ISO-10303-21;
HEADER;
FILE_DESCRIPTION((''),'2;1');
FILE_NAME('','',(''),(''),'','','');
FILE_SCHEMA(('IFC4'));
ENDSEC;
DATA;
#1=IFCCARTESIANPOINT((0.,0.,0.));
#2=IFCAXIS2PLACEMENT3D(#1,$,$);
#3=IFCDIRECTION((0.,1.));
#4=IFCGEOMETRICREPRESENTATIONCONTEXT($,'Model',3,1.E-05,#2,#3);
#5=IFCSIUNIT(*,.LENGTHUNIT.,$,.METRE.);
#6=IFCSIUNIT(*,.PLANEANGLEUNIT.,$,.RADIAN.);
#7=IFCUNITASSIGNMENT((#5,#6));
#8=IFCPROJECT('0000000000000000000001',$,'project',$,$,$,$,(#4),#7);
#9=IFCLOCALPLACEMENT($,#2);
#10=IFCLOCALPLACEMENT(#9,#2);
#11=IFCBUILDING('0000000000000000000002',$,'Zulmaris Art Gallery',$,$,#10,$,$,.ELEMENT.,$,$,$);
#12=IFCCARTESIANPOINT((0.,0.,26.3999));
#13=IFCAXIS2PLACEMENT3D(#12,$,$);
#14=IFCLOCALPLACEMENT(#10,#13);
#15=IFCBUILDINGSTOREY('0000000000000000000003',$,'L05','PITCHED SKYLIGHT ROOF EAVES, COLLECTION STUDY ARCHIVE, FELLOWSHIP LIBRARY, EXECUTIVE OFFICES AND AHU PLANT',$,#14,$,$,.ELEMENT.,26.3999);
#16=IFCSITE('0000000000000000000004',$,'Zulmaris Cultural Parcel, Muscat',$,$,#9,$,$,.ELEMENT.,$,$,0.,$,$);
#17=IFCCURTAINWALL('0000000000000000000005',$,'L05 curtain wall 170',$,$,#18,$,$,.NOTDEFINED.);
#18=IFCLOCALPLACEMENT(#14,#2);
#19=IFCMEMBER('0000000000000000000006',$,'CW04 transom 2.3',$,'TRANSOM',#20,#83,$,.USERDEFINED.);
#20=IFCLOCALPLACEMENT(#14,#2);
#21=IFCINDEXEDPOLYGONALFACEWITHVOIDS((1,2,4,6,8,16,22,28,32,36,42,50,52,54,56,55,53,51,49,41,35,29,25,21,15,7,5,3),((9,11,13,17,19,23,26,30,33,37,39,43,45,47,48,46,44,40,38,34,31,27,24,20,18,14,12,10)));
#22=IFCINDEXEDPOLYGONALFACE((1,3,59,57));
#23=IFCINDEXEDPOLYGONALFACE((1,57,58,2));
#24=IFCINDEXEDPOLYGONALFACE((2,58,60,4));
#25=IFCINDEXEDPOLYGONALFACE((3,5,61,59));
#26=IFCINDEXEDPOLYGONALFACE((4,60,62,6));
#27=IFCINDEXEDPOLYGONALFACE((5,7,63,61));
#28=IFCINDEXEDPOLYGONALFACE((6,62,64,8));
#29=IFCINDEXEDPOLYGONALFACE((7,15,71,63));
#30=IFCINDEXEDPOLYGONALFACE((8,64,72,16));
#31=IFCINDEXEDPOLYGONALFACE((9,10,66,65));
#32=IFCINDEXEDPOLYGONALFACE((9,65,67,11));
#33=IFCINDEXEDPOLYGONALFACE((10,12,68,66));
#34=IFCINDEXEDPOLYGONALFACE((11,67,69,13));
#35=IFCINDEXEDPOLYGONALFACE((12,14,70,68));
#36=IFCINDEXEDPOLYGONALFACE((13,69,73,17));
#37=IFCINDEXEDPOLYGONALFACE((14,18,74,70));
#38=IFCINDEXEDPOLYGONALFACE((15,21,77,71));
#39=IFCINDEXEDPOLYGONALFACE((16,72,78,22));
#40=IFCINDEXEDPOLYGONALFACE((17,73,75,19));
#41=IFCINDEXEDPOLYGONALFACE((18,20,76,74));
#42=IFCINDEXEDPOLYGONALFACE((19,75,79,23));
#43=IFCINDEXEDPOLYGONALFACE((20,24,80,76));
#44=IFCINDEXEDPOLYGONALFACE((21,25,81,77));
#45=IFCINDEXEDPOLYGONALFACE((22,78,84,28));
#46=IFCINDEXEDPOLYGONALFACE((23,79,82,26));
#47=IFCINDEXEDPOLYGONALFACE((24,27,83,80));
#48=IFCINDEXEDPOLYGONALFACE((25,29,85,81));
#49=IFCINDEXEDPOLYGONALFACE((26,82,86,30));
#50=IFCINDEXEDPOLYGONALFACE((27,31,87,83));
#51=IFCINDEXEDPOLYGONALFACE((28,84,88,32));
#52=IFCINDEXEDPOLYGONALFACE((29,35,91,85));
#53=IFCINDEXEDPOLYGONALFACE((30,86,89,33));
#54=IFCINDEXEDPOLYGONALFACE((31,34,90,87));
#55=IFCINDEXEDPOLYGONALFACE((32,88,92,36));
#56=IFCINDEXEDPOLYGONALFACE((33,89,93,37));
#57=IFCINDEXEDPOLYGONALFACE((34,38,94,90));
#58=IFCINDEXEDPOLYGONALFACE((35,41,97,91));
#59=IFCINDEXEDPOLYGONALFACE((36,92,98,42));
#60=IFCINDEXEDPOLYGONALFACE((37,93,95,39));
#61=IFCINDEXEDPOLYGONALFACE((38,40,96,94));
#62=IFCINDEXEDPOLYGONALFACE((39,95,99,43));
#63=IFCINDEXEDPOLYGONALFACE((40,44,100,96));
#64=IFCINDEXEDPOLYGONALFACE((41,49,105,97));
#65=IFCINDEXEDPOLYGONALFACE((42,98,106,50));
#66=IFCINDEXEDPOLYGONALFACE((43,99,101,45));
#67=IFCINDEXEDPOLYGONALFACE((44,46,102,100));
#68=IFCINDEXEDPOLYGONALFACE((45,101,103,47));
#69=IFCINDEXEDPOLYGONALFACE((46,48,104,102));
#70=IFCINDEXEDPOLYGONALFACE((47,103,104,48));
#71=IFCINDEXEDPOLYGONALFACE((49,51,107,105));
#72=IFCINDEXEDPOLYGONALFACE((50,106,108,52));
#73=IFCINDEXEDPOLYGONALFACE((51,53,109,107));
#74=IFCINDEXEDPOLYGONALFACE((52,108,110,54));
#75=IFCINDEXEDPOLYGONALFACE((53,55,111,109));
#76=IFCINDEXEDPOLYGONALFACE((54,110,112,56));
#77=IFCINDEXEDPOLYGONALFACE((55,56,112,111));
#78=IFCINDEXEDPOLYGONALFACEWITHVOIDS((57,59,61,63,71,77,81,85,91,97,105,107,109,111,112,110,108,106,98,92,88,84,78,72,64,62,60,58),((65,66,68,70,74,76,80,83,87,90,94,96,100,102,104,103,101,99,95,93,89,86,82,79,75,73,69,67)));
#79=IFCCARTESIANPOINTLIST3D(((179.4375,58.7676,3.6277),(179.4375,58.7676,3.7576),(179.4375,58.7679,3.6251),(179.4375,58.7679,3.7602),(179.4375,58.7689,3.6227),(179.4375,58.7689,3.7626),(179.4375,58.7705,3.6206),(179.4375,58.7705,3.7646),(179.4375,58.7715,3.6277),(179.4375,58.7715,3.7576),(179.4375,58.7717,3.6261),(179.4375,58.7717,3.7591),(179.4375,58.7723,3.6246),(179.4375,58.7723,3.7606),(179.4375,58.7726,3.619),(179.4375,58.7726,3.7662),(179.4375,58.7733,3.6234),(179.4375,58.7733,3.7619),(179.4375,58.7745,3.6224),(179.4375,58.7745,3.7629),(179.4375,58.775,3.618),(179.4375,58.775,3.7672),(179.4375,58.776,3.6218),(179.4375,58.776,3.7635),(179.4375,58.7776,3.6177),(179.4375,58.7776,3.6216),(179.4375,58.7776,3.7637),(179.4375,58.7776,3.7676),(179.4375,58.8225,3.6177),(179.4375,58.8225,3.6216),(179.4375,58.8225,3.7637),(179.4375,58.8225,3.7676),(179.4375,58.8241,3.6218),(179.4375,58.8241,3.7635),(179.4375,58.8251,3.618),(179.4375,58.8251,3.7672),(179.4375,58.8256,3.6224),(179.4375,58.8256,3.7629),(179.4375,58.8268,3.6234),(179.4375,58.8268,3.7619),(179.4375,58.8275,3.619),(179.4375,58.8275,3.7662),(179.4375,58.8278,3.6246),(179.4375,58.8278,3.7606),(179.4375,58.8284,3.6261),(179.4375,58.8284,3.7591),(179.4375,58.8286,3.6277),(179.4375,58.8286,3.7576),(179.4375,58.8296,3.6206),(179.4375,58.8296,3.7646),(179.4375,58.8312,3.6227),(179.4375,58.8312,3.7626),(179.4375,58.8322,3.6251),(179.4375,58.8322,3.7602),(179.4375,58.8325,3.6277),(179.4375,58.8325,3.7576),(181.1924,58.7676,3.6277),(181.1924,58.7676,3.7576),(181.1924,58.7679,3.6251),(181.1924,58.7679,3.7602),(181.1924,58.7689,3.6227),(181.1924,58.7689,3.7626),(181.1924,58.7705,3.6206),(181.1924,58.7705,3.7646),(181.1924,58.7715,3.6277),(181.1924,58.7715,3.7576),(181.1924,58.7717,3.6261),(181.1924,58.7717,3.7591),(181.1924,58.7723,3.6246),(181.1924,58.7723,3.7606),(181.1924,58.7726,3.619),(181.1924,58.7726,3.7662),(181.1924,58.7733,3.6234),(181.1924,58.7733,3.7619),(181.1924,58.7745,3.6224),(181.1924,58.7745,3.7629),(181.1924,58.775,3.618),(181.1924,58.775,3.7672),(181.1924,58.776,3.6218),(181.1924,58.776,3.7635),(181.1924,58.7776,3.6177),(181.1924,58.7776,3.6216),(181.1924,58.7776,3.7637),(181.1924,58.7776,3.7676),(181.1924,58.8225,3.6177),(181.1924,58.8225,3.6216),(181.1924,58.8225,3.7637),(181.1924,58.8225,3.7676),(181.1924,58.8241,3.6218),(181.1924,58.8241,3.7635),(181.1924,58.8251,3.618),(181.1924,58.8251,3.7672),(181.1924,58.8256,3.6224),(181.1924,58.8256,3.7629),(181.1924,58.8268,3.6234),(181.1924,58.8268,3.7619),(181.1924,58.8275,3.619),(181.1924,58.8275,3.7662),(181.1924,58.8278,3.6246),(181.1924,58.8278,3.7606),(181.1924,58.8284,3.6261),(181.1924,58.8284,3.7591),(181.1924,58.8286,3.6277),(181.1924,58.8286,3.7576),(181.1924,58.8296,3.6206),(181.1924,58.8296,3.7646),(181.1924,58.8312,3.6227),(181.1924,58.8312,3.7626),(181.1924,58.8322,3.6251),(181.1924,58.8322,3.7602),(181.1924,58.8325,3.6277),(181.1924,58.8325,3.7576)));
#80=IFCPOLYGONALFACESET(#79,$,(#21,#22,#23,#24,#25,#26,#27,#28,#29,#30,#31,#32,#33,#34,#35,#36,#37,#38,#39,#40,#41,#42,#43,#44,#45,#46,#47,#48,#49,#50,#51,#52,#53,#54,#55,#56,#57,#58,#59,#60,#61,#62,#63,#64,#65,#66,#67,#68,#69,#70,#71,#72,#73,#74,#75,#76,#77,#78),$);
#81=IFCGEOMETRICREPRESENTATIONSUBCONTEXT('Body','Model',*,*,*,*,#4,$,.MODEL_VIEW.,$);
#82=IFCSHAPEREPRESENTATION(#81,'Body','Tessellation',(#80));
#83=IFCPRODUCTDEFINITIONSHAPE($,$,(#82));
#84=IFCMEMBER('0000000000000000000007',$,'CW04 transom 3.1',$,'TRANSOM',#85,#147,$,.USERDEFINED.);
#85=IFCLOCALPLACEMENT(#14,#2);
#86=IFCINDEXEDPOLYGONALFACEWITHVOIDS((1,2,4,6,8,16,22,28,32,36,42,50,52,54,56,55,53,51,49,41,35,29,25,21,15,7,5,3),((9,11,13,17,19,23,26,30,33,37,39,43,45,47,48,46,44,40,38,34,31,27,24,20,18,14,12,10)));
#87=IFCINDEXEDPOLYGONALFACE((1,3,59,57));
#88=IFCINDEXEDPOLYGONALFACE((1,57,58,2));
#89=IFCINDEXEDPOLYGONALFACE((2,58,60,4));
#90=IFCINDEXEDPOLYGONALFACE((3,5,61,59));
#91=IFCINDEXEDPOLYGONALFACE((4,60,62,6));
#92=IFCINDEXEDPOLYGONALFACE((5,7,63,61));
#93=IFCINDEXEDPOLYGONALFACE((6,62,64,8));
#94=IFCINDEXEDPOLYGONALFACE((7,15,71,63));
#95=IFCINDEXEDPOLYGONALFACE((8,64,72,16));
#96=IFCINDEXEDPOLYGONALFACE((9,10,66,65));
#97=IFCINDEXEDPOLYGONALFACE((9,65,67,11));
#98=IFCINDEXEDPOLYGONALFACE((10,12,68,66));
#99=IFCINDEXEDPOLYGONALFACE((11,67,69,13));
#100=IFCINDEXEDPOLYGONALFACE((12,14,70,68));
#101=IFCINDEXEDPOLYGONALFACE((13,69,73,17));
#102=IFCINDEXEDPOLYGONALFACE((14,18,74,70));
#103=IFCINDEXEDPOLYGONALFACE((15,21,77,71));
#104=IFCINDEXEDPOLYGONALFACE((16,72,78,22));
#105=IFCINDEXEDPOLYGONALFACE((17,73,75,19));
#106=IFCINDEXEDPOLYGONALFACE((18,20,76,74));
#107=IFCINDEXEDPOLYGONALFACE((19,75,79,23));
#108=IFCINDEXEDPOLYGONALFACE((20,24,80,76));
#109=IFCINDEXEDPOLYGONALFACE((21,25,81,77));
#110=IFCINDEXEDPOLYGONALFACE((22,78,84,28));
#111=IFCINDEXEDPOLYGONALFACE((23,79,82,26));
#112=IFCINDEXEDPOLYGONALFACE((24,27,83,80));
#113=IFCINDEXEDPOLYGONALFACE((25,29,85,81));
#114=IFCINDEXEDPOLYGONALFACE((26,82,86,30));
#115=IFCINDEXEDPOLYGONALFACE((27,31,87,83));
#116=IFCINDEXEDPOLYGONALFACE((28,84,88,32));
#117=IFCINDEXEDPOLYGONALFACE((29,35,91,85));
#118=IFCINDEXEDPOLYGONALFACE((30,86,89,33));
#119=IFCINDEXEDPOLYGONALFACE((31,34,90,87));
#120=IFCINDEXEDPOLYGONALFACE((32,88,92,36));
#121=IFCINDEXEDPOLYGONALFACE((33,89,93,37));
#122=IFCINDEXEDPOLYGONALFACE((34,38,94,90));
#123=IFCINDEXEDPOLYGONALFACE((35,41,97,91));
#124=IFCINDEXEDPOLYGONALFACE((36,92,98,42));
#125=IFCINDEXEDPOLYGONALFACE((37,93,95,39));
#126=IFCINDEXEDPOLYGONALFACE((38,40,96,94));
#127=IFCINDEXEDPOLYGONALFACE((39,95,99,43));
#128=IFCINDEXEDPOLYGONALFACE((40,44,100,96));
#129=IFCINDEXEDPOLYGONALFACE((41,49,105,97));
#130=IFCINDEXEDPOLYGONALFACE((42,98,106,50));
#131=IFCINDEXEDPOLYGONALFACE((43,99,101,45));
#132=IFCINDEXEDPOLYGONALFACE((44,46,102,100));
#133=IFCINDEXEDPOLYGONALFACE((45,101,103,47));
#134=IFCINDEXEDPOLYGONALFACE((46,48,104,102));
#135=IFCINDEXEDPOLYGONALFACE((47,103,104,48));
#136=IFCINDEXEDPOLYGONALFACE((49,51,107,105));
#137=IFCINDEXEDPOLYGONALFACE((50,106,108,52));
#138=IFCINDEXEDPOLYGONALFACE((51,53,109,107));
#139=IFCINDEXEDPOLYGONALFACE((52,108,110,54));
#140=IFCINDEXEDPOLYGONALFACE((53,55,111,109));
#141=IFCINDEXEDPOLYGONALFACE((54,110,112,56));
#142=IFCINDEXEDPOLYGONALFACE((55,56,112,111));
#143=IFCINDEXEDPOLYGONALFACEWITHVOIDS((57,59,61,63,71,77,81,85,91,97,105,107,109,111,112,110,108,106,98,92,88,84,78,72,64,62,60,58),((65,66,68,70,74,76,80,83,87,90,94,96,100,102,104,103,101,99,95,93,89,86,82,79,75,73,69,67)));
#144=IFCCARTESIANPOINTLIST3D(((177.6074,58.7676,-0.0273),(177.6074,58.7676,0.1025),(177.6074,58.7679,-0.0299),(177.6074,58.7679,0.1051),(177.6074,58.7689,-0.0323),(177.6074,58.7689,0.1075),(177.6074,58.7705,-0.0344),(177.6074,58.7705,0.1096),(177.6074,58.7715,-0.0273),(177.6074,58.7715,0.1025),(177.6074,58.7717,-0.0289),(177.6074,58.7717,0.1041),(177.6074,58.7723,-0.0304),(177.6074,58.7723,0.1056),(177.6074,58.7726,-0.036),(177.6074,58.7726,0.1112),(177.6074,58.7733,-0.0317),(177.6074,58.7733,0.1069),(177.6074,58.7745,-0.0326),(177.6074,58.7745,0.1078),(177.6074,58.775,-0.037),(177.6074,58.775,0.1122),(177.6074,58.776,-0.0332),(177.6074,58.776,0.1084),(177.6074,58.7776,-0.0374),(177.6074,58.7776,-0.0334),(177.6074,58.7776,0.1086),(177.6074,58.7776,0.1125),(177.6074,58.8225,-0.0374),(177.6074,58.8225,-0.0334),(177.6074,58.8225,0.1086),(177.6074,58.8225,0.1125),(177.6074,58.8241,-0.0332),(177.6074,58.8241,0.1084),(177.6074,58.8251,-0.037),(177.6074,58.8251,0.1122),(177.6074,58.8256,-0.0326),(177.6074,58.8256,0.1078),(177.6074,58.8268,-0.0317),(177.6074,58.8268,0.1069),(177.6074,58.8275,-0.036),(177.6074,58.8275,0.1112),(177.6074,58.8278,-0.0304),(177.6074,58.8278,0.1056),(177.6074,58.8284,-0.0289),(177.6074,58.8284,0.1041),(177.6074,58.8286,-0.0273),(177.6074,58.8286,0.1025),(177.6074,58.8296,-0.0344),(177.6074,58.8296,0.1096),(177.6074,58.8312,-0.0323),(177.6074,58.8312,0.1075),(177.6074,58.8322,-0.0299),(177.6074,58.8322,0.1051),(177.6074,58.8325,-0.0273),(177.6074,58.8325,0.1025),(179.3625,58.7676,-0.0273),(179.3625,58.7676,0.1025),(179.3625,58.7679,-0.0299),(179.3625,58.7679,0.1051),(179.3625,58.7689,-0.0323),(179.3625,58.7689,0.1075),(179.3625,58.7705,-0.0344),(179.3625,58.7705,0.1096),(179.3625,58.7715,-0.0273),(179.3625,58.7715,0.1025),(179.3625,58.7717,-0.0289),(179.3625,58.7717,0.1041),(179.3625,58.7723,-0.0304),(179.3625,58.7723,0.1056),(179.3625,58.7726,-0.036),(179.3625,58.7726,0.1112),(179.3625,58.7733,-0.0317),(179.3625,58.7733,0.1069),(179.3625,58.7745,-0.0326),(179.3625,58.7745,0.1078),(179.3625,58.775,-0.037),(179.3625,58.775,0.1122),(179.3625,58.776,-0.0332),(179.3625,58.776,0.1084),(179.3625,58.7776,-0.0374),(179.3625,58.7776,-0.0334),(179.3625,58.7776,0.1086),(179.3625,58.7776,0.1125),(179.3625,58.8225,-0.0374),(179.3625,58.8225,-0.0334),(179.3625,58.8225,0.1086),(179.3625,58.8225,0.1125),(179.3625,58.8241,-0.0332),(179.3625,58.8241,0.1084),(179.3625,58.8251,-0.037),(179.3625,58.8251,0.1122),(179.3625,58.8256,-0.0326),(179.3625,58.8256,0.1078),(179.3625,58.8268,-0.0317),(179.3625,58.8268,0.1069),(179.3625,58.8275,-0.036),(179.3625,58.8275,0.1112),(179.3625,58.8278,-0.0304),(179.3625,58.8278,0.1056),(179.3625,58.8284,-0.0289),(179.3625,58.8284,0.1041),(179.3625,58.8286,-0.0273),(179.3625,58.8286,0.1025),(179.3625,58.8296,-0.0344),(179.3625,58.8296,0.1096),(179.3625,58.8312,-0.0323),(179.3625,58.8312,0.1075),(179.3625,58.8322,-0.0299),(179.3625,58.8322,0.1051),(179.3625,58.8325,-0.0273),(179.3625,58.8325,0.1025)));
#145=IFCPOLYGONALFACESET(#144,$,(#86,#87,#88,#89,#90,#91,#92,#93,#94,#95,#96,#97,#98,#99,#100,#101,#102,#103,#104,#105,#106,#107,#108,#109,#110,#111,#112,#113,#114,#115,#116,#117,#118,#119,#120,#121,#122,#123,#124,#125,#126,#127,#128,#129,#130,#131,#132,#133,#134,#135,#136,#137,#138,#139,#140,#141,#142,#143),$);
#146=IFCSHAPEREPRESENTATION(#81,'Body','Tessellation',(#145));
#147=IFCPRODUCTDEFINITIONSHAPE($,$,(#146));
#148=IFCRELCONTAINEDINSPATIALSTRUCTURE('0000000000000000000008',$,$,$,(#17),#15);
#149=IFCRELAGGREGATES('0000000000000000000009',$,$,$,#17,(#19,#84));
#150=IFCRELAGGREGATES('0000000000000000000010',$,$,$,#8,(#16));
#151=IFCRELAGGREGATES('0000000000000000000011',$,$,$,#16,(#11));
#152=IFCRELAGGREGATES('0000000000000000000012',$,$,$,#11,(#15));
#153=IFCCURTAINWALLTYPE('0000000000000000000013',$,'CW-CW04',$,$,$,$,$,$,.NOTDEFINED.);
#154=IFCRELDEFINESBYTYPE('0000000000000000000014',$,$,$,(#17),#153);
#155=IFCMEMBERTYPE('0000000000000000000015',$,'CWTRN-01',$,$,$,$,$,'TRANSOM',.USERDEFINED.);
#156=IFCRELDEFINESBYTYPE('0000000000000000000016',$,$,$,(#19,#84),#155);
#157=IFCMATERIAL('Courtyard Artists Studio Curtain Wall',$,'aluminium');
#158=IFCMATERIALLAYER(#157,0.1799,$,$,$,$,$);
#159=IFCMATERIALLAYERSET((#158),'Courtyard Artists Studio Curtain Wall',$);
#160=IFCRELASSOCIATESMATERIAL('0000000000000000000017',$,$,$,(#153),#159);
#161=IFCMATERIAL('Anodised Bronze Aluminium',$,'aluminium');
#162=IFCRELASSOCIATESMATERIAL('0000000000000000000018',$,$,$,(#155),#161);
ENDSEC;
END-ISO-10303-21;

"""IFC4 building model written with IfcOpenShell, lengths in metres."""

from ifc_helpers import new_model, si_unit, direction, frame, origin, origin_2d, place, context, subcontext, project, spatial, hollow_rectangle, extrude, material, layer, layer_set, material_profile, profile_set, type_object, element, aggregate, save


model = new_model("IFC4")

# Units and contexts
model_context = context("Model", 3, precision=1e-05, world=origin(), true_north=direction((0.0, 1.0)))
body_context = subcontext(model_context, "Body", "Model", "MODEL_VIEW")
ifc_project = project(units=[si_unit("LENGTHUNIT", "METRE"), si_unit("PLANEANGLEUNIT", "RADIAN")], contexts=[model_context])

# Site, building, storey
site_placement = place(None, origin())
site = spatial("IfcSite", under=ifc_project, at=site_placement, Name="Zulmaris Cultural Parcel, Muscat", CompositionType="ELEMENT", RefElevation=0.0)
building_placement = place(site_placement, origin())
building = spatial("IfcBuilding", under=site, at=building_placement, Name="Zulmaris Art Gallery", CompositionType="ELEMENT")
storey_placement = place(building_placement, frame((0.0, 0.0, 26.3999)))
storey = spatial("IfcBuildingStorey", under=building, at=storey_placement, Name="L05", Description="PITCHED SKYLIGHT ROOF EAVES, COLLECTION STUDY ARCHIVE, FELLOWSHIP LIBRARY, EXECUTIVE OFFICES AND AHU PLANT", CompositionType="ELEMENT", Elevation=26.3999)

# Curtain wall, members
ifc_material_1 = material(Name="Courtyard Artists Studio Curtain Wall", Category="aluminium")
ifc_layer_1 = layer(ifc_material_1, 0.1799)
ifc_layer_set_1 = layer_set([ifc_layer_1], Name="Courtyard Artists Studio Curtain Wall")
curtain_wall_type = type_object("IfcCurtainWallType", Name="CW-CW04", PredefinedType="NOTDEFINED", material=ifc_layer_set_1)
curtain_wall_placement = place(storey_placement, origin())
curtain_wall = element("IfcCurtainWall", 1, at=curtain_wall_placement, inside=storey, type_object=curtain_wall_type, Name="L05 curtain wall 170", PredefinedType="NOTDEFINED")
ifc_material_2 = material(Name="Anodised Bronze Aluminium", Category="aluminium")
ifc_material_profile_1 = material_profile(ifc_material_2, hollow_rectangle(XDim=0.0649, YDim=0.1499, WallThickness=0.0039, InnerFilletRadius=0.0061, OuterFilletRadius=0.01, at=origin_2d()), Name="ALU 65x150x4")
ifc_profile_set_1 = profile_set([ifc_material_profile_1], Name="Anodised Bronze Aluminium")
member_type_1 = type_object("IfcMemberType", Name="CWTRN-01", ElementType="TRANSOM", PredefinedType="USERDEFINED", material=ifc_profile_set_1)
member_1_placement = place(storey_placement, frame((181.1924, 58.8, 3.6926), z_axis=(-1.0, 0.0, 0.0), x_axis=(0.0, -1.0, 0.0)))
member_1 = element("IfcMember", 2, at=member_1_placement, type_object=member_type_1, Name="CW04 transom 2.3", ObjectType="TRANSOM", PredefinedType="USERDEFINED", context=body_context, shape_type="SweptSolid", body=[
    extrude(hollow_rectangle(XDim=0.0649, YDim=0.1499, WallThickness=0.0039, InnerFilletRadius=0.0061, OuterFilletRadius=0.01, at=origin_2d()), origin(), (0.0, 0.0, 1.0), 1.7549),
])
member_2_placement = place(storey_placement, frame((179.3625, 58.8, 0.0376), z_axis=(-1.0, 0.0, 0.0), x_axis=(0.0, -1.0, 0.0)))
member_2 = element("IfcMember", 3, at=member_2_placement, type_object=member_type_1, Name="CW04 transom 3.1", ObjectType="TRANSOM", PredefinedType="USERDEFINED", context=body_context, shape_type="SweptSolid", body=[
    extrude(hollow_rectangle(XDim=0.0649, YDim=0.1499, WallThickness=0.0039, InnerFilletRadius=0.0061, OuterFilletRadius=0.01, at=origin_2d()), origin(), (0.0, 0.0, 1.0), 1.7551),
])
aggregate(curtain_wall, [member_1, member_2])

save(model, "model.ifc")
